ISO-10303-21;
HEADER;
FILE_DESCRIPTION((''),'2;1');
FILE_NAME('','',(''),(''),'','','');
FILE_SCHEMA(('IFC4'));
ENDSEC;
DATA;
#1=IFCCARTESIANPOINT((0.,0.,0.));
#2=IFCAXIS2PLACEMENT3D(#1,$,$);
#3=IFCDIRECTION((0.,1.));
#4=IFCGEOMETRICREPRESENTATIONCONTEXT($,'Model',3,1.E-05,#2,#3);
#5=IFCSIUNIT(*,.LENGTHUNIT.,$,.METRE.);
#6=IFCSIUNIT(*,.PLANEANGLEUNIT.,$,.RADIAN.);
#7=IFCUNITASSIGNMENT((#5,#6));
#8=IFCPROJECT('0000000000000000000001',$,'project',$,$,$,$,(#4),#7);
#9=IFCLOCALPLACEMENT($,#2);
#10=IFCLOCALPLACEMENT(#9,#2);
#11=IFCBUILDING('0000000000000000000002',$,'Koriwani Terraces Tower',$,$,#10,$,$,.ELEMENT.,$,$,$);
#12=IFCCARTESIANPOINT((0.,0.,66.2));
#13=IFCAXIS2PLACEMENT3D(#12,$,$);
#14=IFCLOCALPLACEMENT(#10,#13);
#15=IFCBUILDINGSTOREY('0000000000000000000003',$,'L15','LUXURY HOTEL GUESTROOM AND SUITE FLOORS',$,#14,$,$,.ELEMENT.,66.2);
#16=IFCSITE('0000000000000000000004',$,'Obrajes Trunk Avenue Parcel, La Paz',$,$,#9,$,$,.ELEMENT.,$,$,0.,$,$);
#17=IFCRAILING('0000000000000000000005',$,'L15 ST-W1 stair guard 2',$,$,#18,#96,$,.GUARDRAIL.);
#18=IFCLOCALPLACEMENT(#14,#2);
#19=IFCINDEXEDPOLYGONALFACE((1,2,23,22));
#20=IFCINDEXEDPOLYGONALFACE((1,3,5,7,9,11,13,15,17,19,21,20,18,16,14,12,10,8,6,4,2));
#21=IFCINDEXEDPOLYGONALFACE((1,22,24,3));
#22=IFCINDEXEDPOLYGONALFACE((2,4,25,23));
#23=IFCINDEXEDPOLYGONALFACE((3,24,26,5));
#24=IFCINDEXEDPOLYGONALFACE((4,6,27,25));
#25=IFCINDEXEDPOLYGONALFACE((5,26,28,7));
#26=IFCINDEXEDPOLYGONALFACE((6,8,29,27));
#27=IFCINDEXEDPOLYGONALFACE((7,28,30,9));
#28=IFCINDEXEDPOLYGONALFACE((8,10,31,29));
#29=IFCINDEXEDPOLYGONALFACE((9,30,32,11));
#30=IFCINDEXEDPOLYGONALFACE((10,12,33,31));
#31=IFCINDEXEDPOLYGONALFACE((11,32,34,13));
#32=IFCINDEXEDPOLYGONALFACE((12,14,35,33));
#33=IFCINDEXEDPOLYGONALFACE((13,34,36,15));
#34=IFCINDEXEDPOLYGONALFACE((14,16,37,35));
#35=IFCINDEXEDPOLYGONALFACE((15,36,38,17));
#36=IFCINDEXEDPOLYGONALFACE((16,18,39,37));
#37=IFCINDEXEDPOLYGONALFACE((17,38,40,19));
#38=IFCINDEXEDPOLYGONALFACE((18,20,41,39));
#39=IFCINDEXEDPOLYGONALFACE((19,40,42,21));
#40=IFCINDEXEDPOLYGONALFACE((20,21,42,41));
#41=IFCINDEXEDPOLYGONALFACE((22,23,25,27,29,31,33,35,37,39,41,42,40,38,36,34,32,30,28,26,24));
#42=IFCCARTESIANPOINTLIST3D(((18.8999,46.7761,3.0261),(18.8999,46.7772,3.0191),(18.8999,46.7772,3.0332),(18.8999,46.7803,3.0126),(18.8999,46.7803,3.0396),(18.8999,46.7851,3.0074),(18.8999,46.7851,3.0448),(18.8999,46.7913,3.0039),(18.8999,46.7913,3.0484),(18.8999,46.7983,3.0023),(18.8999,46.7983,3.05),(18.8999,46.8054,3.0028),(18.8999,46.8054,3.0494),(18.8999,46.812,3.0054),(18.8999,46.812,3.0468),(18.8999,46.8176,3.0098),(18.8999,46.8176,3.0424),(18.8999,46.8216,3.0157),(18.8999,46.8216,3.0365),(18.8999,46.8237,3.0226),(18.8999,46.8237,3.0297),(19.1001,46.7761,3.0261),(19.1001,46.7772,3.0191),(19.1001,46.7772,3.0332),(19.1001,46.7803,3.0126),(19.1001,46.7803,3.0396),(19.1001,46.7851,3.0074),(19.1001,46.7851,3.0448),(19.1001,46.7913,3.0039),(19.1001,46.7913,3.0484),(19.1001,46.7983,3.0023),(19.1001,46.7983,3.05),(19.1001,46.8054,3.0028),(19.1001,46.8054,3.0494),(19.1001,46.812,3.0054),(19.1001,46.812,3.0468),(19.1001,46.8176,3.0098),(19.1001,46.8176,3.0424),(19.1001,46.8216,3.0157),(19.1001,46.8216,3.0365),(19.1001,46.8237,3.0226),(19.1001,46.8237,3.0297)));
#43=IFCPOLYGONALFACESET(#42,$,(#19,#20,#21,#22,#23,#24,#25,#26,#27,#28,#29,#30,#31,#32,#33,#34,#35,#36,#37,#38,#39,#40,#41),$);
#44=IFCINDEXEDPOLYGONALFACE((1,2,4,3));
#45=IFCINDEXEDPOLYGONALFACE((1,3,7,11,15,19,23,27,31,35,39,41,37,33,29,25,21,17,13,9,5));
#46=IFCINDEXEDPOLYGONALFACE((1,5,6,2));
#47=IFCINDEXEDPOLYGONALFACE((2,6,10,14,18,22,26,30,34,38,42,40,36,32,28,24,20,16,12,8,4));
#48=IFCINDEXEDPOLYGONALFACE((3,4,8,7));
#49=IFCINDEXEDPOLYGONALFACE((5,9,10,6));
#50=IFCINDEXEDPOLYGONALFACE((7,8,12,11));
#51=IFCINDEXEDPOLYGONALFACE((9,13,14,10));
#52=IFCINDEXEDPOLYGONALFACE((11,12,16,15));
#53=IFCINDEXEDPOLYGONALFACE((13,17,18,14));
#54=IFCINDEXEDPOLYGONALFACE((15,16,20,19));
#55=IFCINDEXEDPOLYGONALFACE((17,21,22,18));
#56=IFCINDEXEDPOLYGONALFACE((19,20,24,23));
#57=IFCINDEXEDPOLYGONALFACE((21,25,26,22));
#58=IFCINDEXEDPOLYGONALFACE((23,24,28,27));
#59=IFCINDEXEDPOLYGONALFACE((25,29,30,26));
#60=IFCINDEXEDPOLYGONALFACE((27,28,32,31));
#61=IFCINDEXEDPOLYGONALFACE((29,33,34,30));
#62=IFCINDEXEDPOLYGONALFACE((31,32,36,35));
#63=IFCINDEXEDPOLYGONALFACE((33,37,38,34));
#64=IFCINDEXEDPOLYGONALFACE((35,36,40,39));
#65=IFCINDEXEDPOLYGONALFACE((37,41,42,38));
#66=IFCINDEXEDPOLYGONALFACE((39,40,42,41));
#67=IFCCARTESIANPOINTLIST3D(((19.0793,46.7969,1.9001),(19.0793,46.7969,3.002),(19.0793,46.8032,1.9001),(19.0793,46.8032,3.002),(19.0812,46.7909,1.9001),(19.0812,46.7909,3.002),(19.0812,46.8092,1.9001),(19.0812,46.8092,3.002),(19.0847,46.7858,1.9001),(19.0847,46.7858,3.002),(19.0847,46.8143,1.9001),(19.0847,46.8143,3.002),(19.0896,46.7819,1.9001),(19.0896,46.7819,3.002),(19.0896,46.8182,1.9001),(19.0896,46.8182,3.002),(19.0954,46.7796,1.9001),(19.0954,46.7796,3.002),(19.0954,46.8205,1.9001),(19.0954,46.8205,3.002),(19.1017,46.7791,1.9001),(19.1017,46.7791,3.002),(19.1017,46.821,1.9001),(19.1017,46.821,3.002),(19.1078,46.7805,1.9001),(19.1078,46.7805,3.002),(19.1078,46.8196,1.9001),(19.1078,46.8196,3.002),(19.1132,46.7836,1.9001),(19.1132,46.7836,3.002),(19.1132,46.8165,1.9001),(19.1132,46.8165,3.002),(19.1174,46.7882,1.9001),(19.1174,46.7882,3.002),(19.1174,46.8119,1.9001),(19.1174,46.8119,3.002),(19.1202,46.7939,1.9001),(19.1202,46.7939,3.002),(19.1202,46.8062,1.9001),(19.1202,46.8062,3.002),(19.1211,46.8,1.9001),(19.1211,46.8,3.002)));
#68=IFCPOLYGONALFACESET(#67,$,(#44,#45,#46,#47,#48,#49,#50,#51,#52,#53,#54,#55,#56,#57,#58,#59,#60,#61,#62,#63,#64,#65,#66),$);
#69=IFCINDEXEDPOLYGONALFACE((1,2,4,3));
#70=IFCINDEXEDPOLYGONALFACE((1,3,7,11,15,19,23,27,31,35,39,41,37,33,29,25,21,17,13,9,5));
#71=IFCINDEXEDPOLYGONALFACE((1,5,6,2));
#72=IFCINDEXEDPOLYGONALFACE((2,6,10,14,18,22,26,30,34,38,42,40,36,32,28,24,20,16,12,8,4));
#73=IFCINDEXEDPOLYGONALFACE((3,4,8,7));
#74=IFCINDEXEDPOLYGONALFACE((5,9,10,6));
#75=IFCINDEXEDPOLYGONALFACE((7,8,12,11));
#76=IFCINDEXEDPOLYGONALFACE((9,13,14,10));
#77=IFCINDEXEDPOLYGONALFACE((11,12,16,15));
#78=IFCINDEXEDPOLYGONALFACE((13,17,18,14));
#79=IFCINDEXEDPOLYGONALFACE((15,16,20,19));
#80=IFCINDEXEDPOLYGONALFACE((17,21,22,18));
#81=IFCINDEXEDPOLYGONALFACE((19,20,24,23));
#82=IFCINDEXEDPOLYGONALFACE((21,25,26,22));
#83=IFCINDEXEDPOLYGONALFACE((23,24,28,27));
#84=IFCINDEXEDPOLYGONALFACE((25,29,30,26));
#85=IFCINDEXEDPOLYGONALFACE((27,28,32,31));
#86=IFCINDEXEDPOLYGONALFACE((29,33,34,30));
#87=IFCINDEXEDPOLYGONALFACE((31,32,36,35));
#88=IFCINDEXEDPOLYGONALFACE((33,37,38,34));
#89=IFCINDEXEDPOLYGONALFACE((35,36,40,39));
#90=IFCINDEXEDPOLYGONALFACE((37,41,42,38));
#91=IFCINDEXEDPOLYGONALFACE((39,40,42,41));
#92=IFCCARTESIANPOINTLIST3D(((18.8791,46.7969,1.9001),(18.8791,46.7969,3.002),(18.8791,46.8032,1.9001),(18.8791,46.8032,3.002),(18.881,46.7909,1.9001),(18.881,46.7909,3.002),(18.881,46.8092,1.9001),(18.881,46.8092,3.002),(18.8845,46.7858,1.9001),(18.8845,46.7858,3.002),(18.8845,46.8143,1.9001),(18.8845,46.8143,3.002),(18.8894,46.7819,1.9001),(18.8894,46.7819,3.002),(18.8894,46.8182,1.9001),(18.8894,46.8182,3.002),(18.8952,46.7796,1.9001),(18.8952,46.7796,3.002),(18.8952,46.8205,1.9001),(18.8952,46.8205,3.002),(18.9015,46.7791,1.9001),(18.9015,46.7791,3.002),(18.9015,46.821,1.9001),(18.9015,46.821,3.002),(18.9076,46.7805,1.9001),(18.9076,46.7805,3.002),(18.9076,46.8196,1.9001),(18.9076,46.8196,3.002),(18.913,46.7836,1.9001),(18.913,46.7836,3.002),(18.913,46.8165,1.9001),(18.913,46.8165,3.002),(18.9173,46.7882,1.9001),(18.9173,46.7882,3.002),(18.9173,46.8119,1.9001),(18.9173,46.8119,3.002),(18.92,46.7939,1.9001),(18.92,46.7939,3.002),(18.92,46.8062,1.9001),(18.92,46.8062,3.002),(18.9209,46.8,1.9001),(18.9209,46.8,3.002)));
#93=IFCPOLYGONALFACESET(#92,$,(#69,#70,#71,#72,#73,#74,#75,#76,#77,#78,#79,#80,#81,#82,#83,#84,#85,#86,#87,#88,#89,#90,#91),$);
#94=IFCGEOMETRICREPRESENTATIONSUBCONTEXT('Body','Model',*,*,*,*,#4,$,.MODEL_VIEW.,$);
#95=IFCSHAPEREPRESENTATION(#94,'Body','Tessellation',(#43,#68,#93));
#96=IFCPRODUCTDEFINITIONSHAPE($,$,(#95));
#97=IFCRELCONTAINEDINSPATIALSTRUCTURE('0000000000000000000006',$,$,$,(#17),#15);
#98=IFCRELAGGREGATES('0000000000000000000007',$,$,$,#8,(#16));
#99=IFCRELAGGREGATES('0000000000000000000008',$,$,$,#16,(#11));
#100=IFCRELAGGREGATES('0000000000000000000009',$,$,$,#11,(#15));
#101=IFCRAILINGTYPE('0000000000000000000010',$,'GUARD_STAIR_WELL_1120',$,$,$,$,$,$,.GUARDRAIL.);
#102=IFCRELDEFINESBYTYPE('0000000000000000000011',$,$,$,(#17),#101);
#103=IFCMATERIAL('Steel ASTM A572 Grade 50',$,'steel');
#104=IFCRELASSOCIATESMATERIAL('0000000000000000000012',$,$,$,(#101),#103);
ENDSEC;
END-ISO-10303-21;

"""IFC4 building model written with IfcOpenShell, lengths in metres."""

from ifc_helpers import new_model, si_unit, direction, frame, origin, origin_2d, place, context, subcontext, project, spatial, circle, extrude, material, type_object, element, save


model = new_model("IFC4")

# Units and contexts
model_context = context("Model", 3, precision=1e-05, world=origin(), true_north=direction((0.0, 1.0)))
body_context = subcontext(model_context, "Body", "Model", "MODEL_VIEW")
ifc_project = project(units=[si_unit("LENGTHUNIT", "METRE"), si_unit("PLANEANGLEUNIT", "RADIAN")], contexts=[model_context])

# Site, building, storey
site_placement = place(None, origin())
site = spatial("IfcSite", under=ifc_project, at=site_placement, Name="Obrajes Trunk Avenue Parcel, La Paz", CompositionType="ELEMENT", RefElevation=0.0)
building_placement = place(site_placement, origin())
building = spatial("IfcBuilding", under=site, at=building_placement, Name="Koriwani Terraces Tower", CompositionType="ELEMENT")
storey_placement = place(building_placement, frame((0.0, 0.0, 66.2)))
storey = spatial("IfcBuildingStorey", under=building, at=storey_placement, Name="L15", Description="LUXURY HOTEL GUESTROOM AND SUITE FLOORS", CompositionType="ELEMENT", Elevation=66.2)

# Shared definitions
ifc_material_1 = material(Name="Steel ASTM A572 Grade 50", Category="steel")

# Railing
railing_type_1 = type_object("IfcRailingType", Name="GUARD_STAIR_WELL_1120", PredefinedType="GUARDRAIL", material=ifc_material_1)
railing_1_placement = place(storey_placement, frame((19.1001, 46.8, 1.9001)))
element("IfcRailing", 1, at=railing_1_placement, inside=storey, type_object=railing_type_1, Name="L15 ST-W1 stair guard 2", PredefinedType="GUARDRAIL", context=body_context, shape_type="SweptSolid", body=[
    extrude(circle(Radius=0.0239, at=origin_2d()), frame((0.0, 0.0, 1.126), z_axis=(-1.0, 0.0, 0.0), x_axis=(0.0, -1.0, 0.0)), (0.0, 0.0, 1.0), 0.2002),
    extrude(circle(Radius=0.021, at=origin_2d()), origin(), (0.0, 0.0, 1.0), 1.1018),
    extrude(circle(Radius=0.021, at=origin_2d()), frame((-0.2002, 0.0, 0.0)), (0.0, 0.0, 1.0), 1.1018),
])

save(model, "model.ifc")
